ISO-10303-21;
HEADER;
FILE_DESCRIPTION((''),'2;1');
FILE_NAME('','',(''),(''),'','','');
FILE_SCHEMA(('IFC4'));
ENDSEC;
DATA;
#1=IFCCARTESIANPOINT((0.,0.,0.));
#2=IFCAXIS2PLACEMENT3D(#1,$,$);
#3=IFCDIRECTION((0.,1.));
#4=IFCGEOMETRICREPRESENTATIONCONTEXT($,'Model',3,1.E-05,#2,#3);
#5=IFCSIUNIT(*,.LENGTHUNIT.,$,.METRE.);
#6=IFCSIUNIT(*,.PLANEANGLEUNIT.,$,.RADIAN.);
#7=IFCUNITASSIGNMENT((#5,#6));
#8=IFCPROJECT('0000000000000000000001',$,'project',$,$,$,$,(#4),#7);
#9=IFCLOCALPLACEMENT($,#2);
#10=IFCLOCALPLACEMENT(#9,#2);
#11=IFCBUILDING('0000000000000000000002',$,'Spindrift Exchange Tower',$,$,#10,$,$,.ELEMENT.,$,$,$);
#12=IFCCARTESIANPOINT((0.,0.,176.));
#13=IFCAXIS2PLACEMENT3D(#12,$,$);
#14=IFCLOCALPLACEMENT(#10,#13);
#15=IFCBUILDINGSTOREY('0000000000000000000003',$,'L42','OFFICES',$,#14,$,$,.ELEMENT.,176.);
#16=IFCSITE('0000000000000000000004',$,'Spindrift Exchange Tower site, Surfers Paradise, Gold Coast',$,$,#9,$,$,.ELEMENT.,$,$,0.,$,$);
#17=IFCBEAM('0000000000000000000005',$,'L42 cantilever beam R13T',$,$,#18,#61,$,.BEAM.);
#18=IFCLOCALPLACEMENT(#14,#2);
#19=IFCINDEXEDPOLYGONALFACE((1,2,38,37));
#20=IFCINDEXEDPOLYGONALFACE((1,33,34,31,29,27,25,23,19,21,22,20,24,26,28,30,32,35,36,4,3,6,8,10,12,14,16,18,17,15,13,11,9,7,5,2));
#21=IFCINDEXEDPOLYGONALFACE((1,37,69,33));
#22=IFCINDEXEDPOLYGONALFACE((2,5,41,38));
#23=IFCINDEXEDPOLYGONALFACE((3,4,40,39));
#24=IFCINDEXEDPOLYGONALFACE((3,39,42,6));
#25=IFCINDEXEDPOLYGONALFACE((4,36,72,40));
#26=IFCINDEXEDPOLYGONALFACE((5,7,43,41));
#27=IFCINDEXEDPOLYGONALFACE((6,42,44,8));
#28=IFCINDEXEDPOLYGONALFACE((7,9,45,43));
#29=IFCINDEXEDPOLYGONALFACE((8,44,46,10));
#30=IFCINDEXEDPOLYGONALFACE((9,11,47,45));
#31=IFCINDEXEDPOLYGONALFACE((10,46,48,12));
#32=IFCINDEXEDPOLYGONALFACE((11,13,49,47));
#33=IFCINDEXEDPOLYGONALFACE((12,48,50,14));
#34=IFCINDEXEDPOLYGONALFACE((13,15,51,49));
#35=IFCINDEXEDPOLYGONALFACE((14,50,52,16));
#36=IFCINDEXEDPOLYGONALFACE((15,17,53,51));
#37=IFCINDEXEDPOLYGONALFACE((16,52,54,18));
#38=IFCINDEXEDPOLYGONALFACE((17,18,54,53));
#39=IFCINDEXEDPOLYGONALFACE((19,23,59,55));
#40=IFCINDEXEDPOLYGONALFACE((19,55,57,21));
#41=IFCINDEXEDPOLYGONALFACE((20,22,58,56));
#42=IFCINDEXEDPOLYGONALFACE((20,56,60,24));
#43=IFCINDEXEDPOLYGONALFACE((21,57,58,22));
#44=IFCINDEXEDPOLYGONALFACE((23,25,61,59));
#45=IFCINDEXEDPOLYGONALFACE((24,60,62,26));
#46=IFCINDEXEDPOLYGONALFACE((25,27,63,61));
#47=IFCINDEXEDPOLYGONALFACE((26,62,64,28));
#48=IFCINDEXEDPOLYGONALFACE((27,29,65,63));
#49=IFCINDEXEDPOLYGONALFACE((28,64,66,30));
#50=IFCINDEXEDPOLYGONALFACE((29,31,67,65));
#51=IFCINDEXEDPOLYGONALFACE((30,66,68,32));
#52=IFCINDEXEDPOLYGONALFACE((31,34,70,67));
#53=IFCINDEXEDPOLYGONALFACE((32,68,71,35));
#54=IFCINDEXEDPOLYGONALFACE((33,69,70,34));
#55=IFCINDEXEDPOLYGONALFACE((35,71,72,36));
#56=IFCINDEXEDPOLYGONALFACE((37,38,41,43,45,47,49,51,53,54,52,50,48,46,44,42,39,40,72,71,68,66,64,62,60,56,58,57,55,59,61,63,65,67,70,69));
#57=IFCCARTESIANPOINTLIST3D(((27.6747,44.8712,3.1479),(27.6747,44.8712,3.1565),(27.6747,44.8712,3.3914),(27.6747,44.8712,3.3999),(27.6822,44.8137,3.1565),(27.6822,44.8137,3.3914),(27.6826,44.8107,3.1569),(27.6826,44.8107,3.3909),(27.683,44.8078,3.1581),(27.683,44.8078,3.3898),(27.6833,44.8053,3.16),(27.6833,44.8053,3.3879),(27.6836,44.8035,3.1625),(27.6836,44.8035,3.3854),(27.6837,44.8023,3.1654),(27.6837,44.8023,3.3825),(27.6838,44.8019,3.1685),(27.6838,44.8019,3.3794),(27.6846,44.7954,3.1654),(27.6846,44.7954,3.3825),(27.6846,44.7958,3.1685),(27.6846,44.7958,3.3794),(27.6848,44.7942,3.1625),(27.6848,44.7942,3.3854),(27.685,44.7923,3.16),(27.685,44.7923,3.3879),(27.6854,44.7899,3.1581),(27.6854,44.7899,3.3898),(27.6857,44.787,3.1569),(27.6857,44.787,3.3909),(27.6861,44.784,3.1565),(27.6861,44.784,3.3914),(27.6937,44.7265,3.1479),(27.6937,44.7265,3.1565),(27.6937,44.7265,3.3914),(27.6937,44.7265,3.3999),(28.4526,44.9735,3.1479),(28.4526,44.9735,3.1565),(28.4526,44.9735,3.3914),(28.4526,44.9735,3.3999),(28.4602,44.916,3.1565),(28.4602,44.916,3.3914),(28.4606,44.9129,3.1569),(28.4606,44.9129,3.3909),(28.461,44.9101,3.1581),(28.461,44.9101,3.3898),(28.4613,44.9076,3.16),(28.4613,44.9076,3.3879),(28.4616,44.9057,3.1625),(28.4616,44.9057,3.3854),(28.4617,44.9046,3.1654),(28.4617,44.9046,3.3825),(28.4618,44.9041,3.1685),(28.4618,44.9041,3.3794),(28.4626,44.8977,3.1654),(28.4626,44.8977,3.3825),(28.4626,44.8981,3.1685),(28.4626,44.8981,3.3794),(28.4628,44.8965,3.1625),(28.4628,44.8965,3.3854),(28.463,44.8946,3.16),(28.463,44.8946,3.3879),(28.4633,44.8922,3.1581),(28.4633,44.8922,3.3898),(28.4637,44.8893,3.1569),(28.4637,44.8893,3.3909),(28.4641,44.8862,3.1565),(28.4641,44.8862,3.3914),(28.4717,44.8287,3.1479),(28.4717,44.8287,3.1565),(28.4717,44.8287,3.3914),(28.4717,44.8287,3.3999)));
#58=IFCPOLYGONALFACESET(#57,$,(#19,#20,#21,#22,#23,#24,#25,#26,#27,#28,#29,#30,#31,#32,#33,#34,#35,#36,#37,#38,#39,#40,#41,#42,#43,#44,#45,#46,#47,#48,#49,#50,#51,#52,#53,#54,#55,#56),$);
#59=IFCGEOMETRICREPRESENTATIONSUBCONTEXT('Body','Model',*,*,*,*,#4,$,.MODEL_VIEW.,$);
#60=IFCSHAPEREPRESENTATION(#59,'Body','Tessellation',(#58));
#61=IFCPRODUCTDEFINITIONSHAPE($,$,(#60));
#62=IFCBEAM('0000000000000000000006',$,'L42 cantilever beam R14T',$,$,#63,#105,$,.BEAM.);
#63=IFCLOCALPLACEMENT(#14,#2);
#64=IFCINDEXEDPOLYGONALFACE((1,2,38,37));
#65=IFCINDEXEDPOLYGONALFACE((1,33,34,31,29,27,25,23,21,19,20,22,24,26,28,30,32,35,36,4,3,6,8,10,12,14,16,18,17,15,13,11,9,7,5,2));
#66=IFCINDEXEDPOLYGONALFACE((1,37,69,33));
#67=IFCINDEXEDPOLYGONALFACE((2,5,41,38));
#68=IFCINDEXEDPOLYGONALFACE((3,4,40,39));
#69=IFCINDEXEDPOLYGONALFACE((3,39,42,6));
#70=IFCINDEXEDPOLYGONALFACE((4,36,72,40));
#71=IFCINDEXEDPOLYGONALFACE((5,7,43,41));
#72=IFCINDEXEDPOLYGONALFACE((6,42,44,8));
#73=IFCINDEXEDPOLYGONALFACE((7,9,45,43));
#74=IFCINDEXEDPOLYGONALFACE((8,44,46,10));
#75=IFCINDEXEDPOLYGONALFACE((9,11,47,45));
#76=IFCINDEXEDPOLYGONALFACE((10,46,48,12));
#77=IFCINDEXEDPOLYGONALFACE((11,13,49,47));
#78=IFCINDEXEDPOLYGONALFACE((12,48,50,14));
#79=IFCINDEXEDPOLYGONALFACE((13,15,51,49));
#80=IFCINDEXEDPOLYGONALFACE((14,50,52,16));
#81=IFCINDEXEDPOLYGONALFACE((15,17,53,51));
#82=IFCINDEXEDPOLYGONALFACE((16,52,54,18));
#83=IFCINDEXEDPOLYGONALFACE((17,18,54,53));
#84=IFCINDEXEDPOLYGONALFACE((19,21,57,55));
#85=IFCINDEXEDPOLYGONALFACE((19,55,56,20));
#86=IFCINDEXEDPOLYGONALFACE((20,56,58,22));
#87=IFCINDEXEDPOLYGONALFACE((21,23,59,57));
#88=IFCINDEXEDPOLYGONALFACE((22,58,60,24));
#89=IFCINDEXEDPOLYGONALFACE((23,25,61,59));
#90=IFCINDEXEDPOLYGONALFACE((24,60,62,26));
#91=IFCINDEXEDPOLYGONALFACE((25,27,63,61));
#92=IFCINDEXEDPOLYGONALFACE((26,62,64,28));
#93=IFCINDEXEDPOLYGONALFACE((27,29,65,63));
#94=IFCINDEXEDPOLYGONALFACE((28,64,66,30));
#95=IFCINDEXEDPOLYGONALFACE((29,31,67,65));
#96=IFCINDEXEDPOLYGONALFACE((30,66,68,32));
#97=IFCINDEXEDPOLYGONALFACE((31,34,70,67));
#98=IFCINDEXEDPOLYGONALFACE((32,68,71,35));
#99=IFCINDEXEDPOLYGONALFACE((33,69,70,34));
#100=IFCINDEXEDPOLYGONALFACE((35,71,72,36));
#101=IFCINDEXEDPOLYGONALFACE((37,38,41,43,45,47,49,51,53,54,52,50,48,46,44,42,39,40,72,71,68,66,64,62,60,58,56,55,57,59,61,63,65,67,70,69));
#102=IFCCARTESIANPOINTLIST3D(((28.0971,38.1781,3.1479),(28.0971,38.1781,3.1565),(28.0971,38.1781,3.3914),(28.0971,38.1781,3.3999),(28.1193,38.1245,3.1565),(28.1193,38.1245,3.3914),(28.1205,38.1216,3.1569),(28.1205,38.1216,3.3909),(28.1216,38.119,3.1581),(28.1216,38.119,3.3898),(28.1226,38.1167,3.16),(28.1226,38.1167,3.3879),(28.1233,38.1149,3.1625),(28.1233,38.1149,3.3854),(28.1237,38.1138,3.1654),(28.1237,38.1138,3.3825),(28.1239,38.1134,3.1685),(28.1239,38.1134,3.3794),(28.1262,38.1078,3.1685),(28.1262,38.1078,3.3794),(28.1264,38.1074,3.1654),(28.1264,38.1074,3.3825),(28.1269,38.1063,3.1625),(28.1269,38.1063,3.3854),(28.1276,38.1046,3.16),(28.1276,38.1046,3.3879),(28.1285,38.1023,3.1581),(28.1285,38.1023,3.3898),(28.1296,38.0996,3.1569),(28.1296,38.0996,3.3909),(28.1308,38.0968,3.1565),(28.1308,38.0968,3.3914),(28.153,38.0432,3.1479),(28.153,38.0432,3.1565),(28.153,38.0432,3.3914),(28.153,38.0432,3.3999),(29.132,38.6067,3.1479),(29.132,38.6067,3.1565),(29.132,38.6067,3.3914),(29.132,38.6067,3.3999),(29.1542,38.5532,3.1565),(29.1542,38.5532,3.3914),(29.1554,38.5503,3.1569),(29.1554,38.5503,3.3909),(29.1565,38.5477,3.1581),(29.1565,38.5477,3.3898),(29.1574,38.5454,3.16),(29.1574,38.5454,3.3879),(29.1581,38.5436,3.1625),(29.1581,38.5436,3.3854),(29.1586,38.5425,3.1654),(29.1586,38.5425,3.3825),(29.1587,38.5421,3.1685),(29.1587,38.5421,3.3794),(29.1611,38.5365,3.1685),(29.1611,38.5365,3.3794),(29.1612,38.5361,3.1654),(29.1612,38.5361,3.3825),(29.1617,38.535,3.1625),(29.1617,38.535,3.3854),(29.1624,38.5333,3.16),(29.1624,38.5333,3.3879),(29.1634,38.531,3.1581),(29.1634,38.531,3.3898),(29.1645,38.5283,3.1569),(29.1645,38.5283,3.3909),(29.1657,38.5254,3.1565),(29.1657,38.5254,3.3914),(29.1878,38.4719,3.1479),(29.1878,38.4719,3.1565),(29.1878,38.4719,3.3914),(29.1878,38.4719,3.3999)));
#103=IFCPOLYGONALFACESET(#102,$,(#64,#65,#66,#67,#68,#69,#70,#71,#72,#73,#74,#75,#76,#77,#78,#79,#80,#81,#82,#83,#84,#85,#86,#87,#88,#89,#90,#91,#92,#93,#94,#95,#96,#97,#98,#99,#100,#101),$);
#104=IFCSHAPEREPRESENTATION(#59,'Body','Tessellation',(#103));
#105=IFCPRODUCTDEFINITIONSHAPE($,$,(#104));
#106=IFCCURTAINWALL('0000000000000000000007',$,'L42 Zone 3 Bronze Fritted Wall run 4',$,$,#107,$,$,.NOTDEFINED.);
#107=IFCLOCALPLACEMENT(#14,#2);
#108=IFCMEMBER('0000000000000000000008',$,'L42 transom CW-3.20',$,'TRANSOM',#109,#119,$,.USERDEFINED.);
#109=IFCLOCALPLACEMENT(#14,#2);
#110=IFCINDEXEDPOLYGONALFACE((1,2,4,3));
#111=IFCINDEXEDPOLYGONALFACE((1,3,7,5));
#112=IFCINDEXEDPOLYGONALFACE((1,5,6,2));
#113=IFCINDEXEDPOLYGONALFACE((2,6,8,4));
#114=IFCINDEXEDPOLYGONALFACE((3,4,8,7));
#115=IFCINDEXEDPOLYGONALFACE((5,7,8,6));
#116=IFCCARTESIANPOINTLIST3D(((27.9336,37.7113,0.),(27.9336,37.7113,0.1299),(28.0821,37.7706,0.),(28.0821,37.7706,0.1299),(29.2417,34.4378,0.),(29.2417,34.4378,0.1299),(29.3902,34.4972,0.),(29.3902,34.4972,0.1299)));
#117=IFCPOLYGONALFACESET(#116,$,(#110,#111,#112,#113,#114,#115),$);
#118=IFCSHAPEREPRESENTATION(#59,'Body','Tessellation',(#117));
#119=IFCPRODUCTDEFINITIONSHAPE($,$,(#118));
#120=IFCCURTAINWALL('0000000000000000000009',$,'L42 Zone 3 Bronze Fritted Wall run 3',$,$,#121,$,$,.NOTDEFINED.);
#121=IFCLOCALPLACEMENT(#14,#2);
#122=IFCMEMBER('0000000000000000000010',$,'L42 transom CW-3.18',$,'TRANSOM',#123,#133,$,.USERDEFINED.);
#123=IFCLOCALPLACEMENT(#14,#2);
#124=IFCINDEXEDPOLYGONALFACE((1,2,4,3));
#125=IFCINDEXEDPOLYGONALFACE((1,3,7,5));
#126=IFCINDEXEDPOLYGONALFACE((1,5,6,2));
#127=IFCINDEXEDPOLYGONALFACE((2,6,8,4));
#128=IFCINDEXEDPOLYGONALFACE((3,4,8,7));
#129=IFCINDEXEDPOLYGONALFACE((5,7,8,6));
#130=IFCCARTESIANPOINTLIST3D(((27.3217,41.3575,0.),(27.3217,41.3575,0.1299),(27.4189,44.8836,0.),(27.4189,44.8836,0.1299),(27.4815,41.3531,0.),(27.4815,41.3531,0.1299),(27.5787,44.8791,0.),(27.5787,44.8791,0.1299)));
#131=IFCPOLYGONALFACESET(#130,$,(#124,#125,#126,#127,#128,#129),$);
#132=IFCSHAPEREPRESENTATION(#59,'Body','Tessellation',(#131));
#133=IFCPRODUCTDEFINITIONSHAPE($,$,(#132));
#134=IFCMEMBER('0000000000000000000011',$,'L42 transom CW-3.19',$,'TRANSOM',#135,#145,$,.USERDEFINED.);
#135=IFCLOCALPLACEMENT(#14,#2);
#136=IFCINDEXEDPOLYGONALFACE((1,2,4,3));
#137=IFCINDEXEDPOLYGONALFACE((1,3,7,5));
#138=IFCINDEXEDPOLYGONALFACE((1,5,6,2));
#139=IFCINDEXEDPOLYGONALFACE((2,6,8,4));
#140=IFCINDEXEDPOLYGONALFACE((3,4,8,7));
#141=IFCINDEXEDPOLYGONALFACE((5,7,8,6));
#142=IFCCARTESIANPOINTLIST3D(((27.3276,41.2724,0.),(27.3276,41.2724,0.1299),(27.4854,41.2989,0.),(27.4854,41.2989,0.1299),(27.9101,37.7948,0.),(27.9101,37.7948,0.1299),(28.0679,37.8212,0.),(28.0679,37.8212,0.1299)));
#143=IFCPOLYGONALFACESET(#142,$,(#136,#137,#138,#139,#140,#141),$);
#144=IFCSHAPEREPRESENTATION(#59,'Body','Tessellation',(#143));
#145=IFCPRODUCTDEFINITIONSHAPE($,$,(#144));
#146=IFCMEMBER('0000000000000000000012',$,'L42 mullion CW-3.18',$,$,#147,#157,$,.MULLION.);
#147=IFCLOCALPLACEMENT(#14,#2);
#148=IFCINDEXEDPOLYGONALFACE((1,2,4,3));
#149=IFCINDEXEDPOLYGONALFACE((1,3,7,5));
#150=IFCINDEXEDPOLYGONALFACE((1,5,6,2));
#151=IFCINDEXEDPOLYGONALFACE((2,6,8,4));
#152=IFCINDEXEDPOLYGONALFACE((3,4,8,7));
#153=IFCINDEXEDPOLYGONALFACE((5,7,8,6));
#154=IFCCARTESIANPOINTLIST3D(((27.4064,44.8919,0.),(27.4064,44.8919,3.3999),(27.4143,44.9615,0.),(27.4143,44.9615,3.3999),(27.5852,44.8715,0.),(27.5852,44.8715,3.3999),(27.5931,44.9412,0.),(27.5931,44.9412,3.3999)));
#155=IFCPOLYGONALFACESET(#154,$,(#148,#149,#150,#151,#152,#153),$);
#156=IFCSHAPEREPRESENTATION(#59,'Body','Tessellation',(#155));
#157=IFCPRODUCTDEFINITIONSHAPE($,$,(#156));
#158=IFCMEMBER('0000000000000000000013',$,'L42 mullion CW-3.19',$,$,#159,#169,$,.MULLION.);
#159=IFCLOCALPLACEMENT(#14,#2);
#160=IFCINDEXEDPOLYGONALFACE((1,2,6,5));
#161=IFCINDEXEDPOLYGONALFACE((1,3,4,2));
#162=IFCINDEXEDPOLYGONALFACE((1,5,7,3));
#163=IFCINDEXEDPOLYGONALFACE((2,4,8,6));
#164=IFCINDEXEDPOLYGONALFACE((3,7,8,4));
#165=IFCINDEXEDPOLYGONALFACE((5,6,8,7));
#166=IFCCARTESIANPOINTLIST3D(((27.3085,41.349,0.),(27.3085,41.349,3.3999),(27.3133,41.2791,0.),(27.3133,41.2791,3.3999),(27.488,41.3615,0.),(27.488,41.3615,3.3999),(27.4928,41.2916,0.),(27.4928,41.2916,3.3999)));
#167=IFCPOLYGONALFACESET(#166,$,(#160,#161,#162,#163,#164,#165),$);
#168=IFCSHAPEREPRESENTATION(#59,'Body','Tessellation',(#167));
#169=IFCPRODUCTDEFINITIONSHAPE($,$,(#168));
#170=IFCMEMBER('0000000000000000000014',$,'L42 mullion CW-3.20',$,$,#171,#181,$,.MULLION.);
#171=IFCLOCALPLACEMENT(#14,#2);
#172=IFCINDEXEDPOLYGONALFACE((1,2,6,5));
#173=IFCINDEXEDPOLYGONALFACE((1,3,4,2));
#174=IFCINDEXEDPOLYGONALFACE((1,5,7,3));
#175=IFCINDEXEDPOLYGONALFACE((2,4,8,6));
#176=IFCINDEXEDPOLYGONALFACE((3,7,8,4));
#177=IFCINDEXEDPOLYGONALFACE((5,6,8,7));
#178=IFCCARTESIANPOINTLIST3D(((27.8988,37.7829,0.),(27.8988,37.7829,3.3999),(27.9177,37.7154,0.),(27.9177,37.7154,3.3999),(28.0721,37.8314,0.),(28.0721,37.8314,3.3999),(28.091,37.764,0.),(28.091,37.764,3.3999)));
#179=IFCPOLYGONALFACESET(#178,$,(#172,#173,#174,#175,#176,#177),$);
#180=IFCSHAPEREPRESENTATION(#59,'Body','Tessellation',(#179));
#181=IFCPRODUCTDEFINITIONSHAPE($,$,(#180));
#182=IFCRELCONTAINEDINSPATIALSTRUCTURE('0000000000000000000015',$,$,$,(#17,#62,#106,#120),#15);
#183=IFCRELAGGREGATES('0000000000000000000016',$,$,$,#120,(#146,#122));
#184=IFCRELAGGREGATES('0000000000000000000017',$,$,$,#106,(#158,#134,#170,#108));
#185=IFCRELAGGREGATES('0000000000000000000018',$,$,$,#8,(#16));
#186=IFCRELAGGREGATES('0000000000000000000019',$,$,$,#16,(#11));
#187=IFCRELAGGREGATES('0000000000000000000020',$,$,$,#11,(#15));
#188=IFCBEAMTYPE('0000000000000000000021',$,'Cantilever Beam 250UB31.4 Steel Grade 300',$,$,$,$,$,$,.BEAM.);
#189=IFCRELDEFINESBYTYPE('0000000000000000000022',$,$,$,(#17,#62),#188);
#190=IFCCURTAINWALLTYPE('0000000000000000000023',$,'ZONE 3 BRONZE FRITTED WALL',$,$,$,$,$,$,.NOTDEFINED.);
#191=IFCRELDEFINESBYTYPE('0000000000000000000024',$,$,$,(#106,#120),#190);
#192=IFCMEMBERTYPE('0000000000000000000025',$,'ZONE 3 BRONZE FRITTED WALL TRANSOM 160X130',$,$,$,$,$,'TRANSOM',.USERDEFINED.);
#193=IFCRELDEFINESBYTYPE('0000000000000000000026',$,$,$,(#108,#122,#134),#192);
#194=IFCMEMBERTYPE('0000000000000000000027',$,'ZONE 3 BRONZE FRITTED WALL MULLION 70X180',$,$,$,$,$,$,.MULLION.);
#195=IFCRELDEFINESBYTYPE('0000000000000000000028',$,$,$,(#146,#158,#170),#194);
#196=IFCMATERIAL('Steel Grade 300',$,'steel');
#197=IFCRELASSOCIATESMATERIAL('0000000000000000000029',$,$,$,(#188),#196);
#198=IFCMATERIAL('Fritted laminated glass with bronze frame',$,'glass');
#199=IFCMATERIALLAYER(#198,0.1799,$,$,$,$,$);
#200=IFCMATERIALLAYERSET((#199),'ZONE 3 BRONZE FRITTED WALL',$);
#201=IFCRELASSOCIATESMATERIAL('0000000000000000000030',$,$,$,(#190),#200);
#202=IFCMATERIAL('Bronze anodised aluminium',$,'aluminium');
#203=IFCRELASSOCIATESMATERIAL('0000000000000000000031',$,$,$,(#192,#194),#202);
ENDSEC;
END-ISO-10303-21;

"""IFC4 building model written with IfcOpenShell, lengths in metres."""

from ifc_helpers import new_model, si_unit, direction, frame, origin, origin_2d, place, context, subcontext, project, spatial, rectangle, i_section, extrude, source, transform, mapped, material, layer, layer_set, material_profile, profile_set, type_object, element, aggregate, save


model = new_model("IFC4")

# Units and contexts
model_context = context("Model", 3, precision=1e-05, world=origin(), true_north=direction((0.0, 1.0)))
body_context = subcontext(model_context, "Body", "Model", "MODEL_VIEW")
ifc_project = project(units=[si_unit("LENGTHUNIT", "METRE"), si_unit("PLANEANGLEUNIT", "RADIAN")], contexts=[model_context])

# Site, building, storey
site_placement = place(None, origin())
site = spatial("IfcSite", under=ifc_project, at=site_placement, Name="Spindrift Exchange Tower site, Surfers Paradise, Gold Coast", CompositionType="ELEMENT", RefElevation=0.0)
building_placement = place(site_placement, origin())
building = spatial("IfcBuilding", under=site, at=building_placement, Name="Spindrift Exchange Tower", CompositionType="ELEMENT")
storey_placement = place(building_placement, frame((0.0, 0.0, 176.0)))
storey = spatial("IfcBuildingStorey", under=building, at=storey_placement, Name="L42", Description="OFFICES", CompositionType="ELEMENT", Elevation=176.0)

# Beams
ifc_material_1 = material(Name="Steel Grade 300", Category="steel")
ifc_material_profile_1 = material_profile(ifc_material_1, i_section(OverallWidth=0.146, OverallDepth=0.252, WebThickness=0.0061, FlangeThickness=0.0085, FilletRadius=0.012, at=origin_2d()), Name="250UB31.4")
ifc_profile_set_1 = profile_set([ifc_material_profile_1], Name="Steel Grade 300")
beam_type_1 = type_object("IfcBeamType", Name="Cantilever Beam 250UB31.4 Steel Grade 300", PredefinedType="BEAM", material=ifc_profile_set_1)
shared_shape_1 = source(origin(), body_context, "Body", "SweptSolid", [
    extrude(i_section(OverallWidth=0.146, OverallDepth=0.252, WebThickness=0.0061, FlangeThickness=0.0085, FilletRadius=0.012, at=origin_2d()), origin(), (0.0, 0.0, 1.0), 0.7847),
])
beam_1_placement = place(storey_placement, frame((28.4622, 44.9011, 3.2739), z_axis=(-0.991468, -0.13035, 0.0), x_axis=(0.13035, -0.991468, 0.0)))
element("IfcBeam", 1, at=beam_1_placement, inside=storey, type_object=beam_type_1, Name="L42 cantilever beam R13T", PredefinedType="BEAM", context=body_context, shape_type="MappedRepresentation", body=[
    mapped(shared_shape_1, transform((0.0, 0.0, 0.0), scale=1.0)),
])
shared_shape_2 = source(origin(), body_context, "Body", "SweptSolid", [
    extrude(i_section(OverallWidth=0.146, OverallDepth=0.252, WebThickness=0.0061, FlangeThickness=0.0085, FilletRadius=0.012, at=origin_2d()), origin(), (0.0, 0.0, 1.0), 1.1201),
])
beam_2_placement = place(storey_placement, frame((29.1599, 38.5393, 3.2739), z_axis=(-0.923868, -0.382711, 0.0), x_axis=(0.382711, -0.923868, 0.0)))
element("IfcBeam", 2, at=beam_2_placement, inside=storey, type_object=beam_type_1, Name="L42 cantilever beam R14T", PredefinedType="BEAM", context=body_context, shape_type="MappedRepresentation", body=[
    mapped(shared_shape_2, transform((0.0, 0.0, 0.0), scale=1.0)),
])

# Curtain walls, members
ifc_material_2 = material(Name="Fritted laminated glass with bronze frame", Category="glass")
ifc_layer_1 = layer(ifc_material_2, 0.1799)
ifc_layer_set_1 = layer_set([ifc_layer_1], Name="ZONE 3 BRONZE FRITTED WALL")
curtain_wall_type = type_object("IfcCurtainWallType", Name="ZONE 3 BRONZE FRITTED WALL", PredefinedType="NOTDEFINED", material=ifc_layer_set_1)
curtain_wall_1_placement = place(storey_placement, origin())
curtain_wall_1 = element("IfcCurtainWall", 3, at=curtain_wall_1_placement, inside=storey, type_object=curtain_wall_type, Name="L42 Zone 3 Bronze Fritted Wall run 4", PredefinedType="NOTDEFINED")
ifc_material_3 = material(Name="Bronze anodised aluminium", Category="aluminium")
ifc_material_profile_2 = material_profile(ifc_material_3, rectangle(XDim=0.1599, YDim=0.1299, at=origin_2d()), Name="ZONE 3 BRONZE FRITTED WALL TRANSOM 160X130")
ifc_profile_set_2 = profile_set([ifc_material_profile_2], Name="Bronze anodised aluminium")
member_type_1 = type_object("IfcMemberType", Name="ZONE 3 BRONZE FRITTED WALL TRANSOM 160X130", ElementType="TRANSOM", PredefinedType="USERDEFINED", material=ifc_profile_set_2)
shared_shape_3 = source(origin(), body_context, "Body", "SweptSolid", [
    extrude(rectangle(XDim=0.1599, YDim=0.1299, at=origin_2d()), origin(), (0.0, 0.0, 1.0), 3.5251),
])
member_1_placement = place(storey_placement, frame((28.0078, 37.741, 0.0649), z_axis=(0.37108, -0.928601, 0.0), x_axis=(0.928601, 0.37108, 0.0)))
member_1 = element("IfcMember", 4, at=member_1_placement, type_object=member_type_1, Name="L42 transom CW-3.20", ObjectType="TRANSOM", PredefinedType="USERDEFINED", context=body_context, shape_type="MappedRepresentation", body=[
    mapped(shared_shape_3, transform((0.0, 0.0, 0.0), scale=1.0)),
])
curtain_wall_2_placement = place(storey_placement, origin())
curtain_wall_2 = element("IfcCurtainWall", 5, at=curtain_wall_2_placement, inside=storey, type_object=curtain_wall_type, Name="L42 Zone 3 Bronze Fritted Wall run 3", PredefinedType="NOTDEFINED")
shared_shape_4 = source(origin(), body_context, "Body", "SweptSolid", [
    extrude(rectangle(XDim=0.1599, YDim=0.1299, at=origin_2d()), origin(), (0.0, 0.0, 1.0), 3.5273),
])
member_2_placement = place(storey_placement, frame((27.4988, 44.8813, 0.0649), z_axis=(-0.027546, -0.999621, 0.0), x_axis=(0.999621, -0.027546, 0.0)))
member_2 = element("IfcMember", 6, at=member_2_placement, type_object=member_type_1, Name="L42 transom CW-3.18", ObjectType="TRANSOM", PredefinedType="USERDEFINED", context=body_context, shape_type="MappedRepresentation", body=[
    mapped(shared_shape_4, transform((0.0, 0.0, 0.0), scale=1.0)),
])

# Members
shared_shape_5 = source(origin(), body_context, "Body", "SweptSolid", [
    extrude(rectangle(XDim=0.1599, YDim=0.1299, at=origin_2d()), origin(), (0.0, 0.0, 1.0), 3.5261),
])
member_3_placement = place(storey_placement, frame((27.4065, 41.2856, 0.0649), z_axis=(0.165196, -0.986261, 0.0), x_axis=(0.986261, 0.165196, 0.0)))
member_3 = element("IfcMember", 7, at=member_3_placement, type_object=member_type_1, Name="L42 transom CW-3.19", ObjectType="TRANSOM", PredefinedType="USERDEFINED", context=body_context, shape_type="MappedRepresentation", body=[
    mapped(shared_shape_5, transform((0.0, 0.0, 0.0), scale=1.0)),
])
ifc_material_profile_3 = material_profile(ifc_material_3, rectangle(XDim=0.0701, YDim=0.1799, at=origin_2d()), Name="ZONE 3 BRONZE FRITTED WALL MULLION 70X180")
ifc_profile_set_3 = profile_set([ifc_material_profile_3], Name="Bronze anodised aluminium")
member_type_2 = type_object("IfcMemberType", Name="ZONE 3 BRONZE FRITTED WALL MULLION 70X180", PredefinedType="MULLION", material=ifc_profile_set_3)
shared_shape_6 = source(origin(), body_context, "Body", "SweptSolid", [
    extrude(rectangle(XDim=0.0701, YDim=0.1799, at=origin_2d()), origin(), (0.0, 0.0, 1.0), 3.3999),
])
member_4_placement = place(storey_placement, frame((27.4998, 44.9165, 0.0), z_axis=(0.0, 0.0, 1.0), x_axis=(-0.112972, -0.993598, 0.0)))
member_4 = element("IfcMember", 8, at=member_4_placement, type_object=member_type_2, Name="L42 mullion CW-3.18", PredefinedType="MULLION", context=body_context, shape_type="MappedRepresentation", body=[
    mapped(shared_shape_6, transform((0.0, 0.0, 0.0), scale=1.0)),
])
member_5_placement = place(storey_placement, frame((27.4006, 41.3203, 0.0), z_axis=(0.0, 0.0, 1.0), x_axis=(0.069178, -0.997604, 0.0)))
member_5 = element("IfcMember", 9, at=member_5_placement, type_object=member_type_2, Name="L42 mullion CW-3.19", PredefinedType="MULLION", context=body_context, shape_type="MappedRepresentation", body=[
    mapped(shared_shape_6, transform((0.0, 0.0, 0.0), scale=1.0)),
])
member_6_placement = place(storey_placement, frame((27.9949, 37.7734, 0.0), z_axis=(0.0, 0.0, 1.0), x_axis=(0.269717, -0.96294, 0.0)))
member_6 = element("IfcMember", 10, at=member_6_placement, type_object=member_type_2, Name="L42 mullion CW-3.20", PredefinedType="MULLION", context=body_context, shape_type="MappedRepresentation", body=[
    mapped(shared_shape_6, transform((0.0, 0.0, 0.0), scale=1.0)),
])

aggregate(curtain_wall_2, [member_4, member_2])
aggregate(curtain_wall_1, [member_5, member_3, member_6, member_1])

save(model, "model.ifc")
